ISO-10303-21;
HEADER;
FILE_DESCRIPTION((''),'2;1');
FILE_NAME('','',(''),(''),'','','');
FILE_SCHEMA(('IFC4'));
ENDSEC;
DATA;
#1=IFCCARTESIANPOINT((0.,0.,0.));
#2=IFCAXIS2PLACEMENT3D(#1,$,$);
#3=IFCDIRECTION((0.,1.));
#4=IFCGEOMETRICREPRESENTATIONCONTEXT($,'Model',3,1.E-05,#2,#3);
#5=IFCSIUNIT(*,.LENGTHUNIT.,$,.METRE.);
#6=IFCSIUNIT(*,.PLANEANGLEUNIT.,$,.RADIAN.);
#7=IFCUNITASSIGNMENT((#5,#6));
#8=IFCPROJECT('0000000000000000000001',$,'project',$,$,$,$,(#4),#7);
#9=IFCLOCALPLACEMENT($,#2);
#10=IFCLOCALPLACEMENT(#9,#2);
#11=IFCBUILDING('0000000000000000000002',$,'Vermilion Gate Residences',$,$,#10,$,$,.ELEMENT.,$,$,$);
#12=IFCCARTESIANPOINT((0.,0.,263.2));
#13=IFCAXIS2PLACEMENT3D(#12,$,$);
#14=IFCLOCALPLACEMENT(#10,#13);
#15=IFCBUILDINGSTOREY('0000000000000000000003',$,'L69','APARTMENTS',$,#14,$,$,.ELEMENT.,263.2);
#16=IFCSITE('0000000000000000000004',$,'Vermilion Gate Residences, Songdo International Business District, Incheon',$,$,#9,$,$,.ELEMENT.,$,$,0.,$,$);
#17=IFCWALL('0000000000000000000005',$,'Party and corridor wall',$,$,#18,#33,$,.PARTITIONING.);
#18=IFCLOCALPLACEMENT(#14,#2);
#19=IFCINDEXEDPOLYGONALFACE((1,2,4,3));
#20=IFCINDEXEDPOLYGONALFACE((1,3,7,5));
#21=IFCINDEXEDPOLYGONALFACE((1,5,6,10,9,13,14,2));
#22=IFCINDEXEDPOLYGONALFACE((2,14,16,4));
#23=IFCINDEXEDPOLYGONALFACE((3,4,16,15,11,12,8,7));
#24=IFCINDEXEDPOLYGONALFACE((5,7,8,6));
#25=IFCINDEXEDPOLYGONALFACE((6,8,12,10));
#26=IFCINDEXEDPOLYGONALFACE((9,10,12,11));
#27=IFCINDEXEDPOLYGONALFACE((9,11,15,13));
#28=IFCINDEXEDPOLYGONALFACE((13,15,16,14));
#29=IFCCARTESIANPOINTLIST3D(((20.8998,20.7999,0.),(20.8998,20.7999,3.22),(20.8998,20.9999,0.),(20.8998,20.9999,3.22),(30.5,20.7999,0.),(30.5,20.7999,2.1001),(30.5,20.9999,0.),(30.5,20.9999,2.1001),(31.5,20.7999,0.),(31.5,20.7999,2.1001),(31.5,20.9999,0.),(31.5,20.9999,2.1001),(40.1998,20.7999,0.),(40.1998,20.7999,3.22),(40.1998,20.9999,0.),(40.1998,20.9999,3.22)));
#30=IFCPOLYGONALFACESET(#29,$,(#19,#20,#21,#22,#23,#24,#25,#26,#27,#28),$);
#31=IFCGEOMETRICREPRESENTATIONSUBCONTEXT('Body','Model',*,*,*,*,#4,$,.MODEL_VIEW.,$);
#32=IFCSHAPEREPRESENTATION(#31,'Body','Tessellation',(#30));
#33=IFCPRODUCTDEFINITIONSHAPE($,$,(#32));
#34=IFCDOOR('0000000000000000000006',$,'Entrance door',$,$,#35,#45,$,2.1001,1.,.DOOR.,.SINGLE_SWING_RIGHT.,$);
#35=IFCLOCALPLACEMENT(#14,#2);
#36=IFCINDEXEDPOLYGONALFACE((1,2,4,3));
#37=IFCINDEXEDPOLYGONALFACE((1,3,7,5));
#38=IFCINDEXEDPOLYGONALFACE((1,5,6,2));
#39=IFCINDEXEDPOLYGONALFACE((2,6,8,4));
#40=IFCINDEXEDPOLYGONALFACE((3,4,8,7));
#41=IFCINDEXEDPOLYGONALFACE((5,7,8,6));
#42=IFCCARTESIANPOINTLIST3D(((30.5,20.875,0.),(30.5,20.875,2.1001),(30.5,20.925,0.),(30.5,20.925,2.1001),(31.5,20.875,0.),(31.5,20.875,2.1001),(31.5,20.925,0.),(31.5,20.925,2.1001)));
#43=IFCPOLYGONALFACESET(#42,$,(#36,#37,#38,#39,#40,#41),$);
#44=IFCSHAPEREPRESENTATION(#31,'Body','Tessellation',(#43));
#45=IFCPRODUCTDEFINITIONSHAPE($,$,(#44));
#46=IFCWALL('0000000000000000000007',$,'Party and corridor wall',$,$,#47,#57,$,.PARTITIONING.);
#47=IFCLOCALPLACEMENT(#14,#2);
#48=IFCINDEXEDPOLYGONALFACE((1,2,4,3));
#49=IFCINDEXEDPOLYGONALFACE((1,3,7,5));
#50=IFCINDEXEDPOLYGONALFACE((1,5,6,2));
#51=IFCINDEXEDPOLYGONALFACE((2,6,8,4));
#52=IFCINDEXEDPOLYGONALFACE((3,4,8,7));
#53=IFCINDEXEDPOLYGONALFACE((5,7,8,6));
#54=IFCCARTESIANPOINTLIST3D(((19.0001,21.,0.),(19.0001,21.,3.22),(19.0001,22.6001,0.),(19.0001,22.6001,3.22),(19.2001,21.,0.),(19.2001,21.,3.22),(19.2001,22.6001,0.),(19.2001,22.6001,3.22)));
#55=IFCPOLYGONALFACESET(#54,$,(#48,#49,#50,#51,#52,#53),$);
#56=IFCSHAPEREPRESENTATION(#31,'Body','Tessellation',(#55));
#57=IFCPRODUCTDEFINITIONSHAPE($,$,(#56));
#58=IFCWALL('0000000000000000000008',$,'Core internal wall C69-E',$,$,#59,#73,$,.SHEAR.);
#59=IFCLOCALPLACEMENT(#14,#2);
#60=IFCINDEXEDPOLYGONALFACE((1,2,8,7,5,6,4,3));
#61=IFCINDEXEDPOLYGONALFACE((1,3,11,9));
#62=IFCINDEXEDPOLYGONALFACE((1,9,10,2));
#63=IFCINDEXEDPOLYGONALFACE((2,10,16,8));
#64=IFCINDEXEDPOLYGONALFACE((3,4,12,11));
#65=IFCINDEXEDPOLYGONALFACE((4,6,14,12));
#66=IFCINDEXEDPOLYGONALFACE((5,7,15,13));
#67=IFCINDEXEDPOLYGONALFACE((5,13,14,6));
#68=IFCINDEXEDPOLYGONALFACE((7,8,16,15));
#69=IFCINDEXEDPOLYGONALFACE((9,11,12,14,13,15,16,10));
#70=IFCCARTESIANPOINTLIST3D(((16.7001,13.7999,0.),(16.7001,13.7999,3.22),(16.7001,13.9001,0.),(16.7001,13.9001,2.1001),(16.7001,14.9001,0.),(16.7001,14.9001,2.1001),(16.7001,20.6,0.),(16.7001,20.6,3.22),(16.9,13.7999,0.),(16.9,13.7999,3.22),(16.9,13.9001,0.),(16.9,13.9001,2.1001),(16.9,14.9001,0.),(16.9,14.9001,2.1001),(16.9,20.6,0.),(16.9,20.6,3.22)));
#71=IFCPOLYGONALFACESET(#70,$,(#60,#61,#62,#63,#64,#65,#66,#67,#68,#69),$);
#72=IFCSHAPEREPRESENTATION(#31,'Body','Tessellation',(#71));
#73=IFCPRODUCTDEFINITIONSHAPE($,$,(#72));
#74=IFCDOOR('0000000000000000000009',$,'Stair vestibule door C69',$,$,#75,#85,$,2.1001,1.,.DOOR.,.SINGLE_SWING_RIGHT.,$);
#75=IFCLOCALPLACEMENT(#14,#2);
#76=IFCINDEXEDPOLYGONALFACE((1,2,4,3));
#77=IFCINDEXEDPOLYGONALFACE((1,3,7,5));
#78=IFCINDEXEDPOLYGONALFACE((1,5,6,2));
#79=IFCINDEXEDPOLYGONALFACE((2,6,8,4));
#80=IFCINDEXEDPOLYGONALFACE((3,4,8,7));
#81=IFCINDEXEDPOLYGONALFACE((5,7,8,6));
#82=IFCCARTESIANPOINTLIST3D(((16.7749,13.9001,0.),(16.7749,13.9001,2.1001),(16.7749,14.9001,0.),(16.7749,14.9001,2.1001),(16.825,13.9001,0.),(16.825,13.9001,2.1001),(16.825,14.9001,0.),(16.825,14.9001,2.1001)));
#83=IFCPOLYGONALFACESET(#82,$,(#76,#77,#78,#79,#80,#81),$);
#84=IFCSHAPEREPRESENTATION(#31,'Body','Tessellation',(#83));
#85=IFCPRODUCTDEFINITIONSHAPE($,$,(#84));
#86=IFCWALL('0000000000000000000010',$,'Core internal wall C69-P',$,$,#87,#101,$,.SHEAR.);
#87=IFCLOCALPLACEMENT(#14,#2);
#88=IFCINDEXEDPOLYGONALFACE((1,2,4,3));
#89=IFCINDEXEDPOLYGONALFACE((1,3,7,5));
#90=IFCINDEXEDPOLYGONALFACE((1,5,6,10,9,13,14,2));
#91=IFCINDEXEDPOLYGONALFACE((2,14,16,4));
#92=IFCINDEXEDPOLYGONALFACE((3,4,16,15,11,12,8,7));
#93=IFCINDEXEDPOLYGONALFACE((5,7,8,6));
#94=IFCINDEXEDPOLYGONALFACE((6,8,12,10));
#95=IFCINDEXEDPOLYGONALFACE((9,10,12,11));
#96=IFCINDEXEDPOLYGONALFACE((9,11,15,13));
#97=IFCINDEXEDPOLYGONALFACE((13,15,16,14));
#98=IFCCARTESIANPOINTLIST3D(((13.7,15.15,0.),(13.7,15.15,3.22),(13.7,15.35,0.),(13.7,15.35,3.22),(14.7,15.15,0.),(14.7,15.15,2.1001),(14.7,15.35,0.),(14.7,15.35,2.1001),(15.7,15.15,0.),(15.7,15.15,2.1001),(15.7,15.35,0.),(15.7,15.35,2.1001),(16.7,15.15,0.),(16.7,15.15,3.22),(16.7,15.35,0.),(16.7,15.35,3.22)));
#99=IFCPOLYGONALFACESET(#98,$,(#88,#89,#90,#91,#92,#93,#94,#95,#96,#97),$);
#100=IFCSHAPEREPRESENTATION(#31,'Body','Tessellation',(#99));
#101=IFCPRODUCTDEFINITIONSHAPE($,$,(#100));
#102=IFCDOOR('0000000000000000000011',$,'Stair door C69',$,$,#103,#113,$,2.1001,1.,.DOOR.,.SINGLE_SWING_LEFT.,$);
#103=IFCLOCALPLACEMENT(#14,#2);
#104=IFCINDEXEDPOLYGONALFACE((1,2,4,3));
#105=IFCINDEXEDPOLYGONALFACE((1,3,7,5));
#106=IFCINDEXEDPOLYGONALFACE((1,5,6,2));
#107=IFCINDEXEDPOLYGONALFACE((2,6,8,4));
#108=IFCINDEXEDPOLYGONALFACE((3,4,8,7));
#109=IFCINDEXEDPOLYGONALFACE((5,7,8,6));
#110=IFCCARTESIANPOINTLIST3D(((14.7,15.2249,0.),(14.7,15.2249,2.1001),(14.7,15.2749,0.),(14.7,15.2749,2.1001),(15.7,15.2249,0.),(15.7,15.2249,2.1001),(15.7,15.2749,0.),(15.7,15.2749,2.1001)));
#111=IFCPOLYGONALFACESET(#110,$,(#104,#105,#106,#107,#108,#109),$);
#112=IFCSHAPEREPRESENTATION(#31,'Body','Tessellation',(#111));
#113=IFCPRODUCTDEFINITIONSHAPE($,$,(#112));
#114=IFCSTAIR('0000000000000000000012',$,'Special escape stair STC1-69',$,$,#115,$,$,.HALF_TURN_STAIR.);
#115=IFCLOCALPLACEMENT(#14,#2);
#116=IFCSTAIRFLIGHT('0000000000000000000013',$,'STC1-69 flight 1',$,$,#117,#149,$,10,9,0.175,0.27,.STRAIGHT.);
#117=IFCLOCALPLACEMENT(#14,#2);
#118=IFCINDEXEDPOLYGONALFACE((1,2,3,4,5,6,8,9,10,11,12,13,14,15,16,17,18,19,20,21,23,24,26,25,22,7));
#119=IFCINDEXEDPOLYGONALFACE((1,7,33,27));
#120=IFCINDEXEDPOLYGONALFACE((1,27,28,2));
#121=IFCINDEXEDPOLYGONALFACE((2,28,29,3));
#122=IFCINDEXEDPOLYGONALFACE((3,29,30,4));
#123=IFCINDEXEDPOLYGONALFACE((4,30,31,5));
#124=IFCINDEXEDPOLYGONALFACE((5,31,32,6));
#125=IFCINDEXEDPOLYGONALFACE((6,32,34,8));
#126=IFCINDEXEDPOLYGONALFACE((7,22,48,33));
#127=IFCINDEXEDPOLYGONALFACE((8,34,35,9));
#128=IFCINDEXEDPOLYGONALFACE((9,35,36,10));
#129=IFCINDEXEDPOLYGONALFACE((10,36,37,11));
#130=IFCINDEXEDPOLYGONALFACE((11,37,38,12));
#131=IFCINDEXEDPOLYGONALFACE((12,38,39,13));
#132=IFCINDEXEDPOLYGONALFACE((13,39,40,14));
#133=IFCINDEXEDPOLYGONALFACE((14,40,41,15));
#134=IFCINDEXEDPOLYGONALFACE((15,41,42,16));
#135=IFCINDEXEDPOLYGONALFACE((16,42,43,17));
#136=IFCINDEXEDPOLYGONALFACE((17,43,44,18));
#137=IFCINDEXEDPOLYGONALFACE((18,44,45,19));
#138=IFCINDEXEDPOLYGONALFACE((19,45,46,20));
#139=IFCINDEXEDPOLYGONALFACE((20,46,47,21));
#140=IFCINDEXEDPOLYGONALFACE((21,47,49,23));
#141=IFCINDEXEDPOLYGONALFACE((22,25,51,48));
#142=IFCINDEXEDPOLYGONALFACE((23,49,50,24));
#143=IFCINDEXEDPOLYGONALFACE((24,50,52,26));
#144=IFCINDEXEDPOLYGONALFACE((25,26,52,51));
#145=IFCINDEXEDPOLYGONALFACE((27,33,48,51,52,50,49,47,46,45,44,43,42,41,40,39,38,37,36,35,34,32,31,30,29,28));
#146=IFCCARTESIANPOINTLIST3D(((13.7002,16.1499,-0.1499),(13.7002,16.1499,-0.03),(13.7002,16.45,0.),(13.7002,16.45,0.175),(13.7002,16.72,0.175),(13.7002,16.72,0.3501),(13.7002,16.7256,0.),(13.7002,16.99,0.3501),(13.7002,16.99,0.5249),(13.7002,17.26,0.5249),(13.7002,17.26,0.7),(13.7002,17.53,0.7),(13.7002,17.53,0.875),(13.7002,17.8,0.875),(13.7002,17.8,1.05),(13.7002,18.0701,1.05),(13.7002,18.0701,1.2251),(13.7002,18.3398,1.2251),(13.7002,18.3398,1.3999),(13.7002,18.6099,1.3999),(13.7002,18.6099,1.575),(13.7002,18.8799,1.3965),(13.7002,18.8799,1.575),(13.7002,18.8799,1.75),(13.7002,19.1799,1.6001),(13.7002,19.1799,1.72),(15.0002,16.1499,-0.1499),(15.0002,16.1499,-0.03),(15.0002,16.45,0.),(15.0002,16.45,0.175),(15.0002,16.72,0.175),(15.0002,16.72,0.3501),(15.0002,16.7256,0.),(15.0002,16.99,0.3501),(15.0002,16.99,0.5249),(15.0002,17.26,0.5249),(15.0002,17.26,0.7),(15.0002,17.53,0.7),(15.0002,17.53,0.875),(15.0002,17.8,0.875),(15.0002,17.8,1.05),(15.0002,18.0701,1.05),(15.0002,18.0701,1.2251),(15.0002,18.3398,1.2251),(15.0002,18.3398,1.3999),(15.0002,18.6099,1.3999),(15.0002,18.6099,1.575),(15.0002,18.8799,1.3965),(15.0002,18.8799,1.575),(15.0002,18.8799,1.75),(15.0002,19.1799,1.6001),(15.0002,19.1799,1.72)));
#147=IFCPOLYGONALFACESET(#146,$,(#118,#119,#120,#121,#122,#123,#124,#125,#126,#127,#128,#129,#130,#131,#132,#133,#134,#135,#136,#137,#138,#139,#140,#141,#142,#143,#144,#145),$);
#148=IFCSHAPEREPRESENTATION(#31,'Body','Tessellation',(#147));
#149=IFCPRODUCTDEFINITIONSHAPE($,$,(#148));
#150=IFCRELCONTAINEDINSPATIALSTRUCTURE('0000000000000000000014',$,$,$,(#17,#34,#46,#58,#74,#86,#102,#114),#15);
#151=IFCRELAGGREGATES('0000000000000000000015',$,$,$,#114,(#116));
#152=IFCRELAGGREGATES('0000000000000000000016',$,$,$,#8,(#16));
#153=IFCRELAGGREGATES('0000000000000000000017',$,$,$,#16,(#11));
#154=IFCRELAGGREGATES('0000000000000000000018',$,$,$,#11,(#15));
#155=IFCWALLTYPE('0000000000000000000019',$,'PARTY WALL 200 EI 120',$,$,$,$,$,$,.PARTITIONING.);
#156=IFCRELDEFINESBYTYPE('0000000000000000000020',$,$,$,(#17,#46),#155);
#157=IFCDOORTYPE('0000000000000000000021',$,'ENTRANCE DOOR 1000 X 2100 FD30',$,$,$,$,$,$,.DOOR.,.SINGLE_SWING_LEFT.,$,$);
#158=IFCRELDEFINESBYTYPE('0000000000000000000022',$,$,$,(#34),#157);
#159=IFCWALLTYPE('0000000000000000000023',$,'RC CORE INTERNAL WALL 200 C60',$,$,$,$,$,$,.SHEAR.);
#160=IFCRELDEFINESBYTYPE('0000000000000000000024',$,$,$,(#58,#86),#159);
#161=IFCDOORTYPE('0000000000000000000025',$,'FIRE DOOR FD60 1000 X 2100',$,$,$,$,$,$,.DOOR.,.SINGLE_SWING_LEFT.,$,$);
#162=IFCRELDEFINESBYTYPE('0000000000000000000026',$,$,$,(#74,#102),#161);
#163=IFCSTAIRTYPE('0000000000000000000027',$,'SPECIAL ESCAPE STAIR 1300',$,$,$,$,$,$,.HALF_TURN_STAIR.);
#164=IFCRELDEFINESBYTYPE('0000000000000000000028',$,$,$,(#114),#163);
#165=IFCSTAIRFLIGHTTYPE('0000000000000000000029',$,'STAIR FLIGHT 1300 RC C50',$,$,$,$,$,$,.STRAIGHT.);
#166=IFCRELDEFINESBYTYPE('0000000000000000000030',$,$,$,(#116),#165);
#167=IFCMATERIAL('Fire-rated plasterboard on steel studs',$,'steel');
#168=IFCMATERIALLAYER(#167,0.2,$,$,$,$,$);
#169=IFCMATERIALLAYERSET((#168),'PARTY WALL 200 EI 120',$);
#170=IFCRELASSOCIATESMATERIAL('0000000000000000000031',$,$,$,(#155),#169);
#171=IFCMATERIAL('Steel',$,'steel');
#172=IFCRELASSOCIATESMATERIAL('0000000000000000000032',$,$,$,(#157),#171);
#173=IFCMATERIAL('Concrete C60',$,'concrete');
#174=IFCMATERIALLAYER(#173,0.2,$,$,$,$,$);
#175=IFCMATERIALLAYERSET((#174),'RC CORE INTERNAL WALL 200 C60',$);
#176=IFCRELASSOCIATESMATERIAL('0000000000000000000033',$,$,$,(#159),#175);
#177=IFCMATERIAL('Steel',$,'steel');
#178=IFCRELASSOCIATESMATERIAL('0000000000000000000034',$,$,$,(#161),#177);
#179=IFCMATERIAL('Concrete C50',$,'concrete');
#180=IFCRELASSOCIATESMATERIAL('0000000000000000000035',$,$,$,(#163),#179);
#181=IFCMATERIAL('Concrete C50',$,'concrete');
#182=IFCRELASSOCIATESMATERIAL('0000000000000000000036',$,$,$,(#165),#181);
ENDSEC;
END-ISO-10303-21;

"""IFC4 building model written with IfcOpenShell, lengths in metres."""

from ifc_helpers import new_model, si_unit, direction, frame, frame_2d, origin, place, context, subcontext, project, spatial, polyline, rectangle, outline, extrude, material, layer, layer_set, type_object, element, fill, aggregate, save


model = new_model("IFC4")

# Units and contexts
model_context = context("Model", 3, precision=1e-05, world=origin(), true_north=direction((0.0, 1.0)))
body_context = subcontext(model_context, "Body", "Model", "MODEL_VIEW")
ifc_project = project(units=[si_unit("LENGTHUNIT", "METRE"), si_unit("PLANEANGLEUNIT", "RADIAN")], contexts=[model_context])

# Site, building, storey
site_placement = place(None, origin())
site = spatial("IfcSite", under=ifc_project, at=site_placement, Name="Vermilion Gate Residences, Songdo International Business District, Incheon", CompositionType="ELEMENT", RefElevation=0.0)
building_placement = place(site_placement, origin())
building = spatial("IfcBuilding", under=site, at=building_placement, Name="Vermilion Gate Residences", CompositionType="ELEMENT")
storey_placement = place(building_placement, frame((0.0, 0.0, 263.2)))
storey = spatial("IfcBuildingStorey", under=building, at=storey_placement, Name="L69", Description="APARTMENTS", CompositionType="ELEMENT", Elevation=263.2)

# Wall, opening, door
ifc_material_1 = material(Name="Fire-rated plasterboard on steel studs", Category="steel")
ifc_layer_1 = layer(ifc_material_1, 0.2)
ifc_layer_set_1 = layer_set([ifc_layer_1], Name="PARTY WALL 200 EI 120")
wall_type_1 = type_object("IfcWallType", Name="PARTY WALL 200 EI 120", PredefinedType="PARTITIONING", material=ifc_layer_set_1)
ifc_material_2 = material(Name="Steel", Category="steel")
door_type_1 = type_object("IfcDoorType", Name="ENTRANCE DOOR 1000 X 2100 FD30", OperationType="SINGLE_SWING_LEFT", PredefinedType="DOOR", material=ifc_material_2)
wall_1_placement = place(storey_placement, frame((20.8999, 20.8999, 0.0), z_axis=(0.0, 0.0, 1.0), x_axis=(1.0, 0.0, 0.0)))
wall_1 = element("IfcWall", 1, at=wall_1_placement, inside=storey, type_object=wall_type_1, Name="Party and corridor wall", PredefinedType="PARTITIONING", context=body_context, shape_type="SweptSolid", body=[
    extrude(rectangle(XDim=19.3, YDim=0.2, at=frame_2d((9.6499, 0.0))), origin(), (0.0, 0.0, 1.0), 3.22),
])
opening_1_placement = place(wall_1_placement, frame((9.6001, 0.0, 0.0)))
opening_1 = element("IfcOpeningElement", 2, at=opening_1_placement, cuts=wall_1, PredefinedType="OPENING", context=body_context, shape_type="SweptSolid", body=[
    extrude(rectangle(XDim=1.0, YDim=2.1001, at=frame_2d((0.5, 1.05))), frame((0.0, 0.1099, 0.0), z_axis=(0.0, -1.0, 0.0), x_axis=(1.0, 0.0, 0.0)), (0.0, 0.0, 1.0), 0.22),
])
door_1_placement = place(opening_1_placement, frame((1.0, 0.0, 0.0), z_axis=(0.0, 0.0, 1.0), x_axis=(-1.0, 0.0, 0.0)))
door_1 = element("IfcDoor", 3, at=door_1_placement, inside=storey, type_object=door_type_1, Name="Entrance door", OperationType="SINGLE_SWING_RIGHT", OverallHeight=2.1001, OverallWidth=1.0, PredefinedType="DOOR", context=body_context, shape_type="SweptSolid", body=[
    extrude(rectangle(XDim=1.0, YDim=2.1001, at=frame_2d((0.5, 1.05))), frame((0.0, 0.0249, 0.0), z_axis=(0.0, -1.0, 0.0), x_axis=(1.0, 0.0, 0.0)), (0.0, 0.0, 1.0), 0.05),
])
fill(opening_1, door_1)

# Wall
wall_2_placement = place(storey_placement, frame((19.1001, 21.0, 0.0), z_axis=(0.0, 0.0, 1.0), x_axis=(0.0, 1.0, 0.0)))
element("IfcWall", 4, at=wall_2_placement, inside=storey, type_object=wall_type_1, Name="Party and corridor wall", PredefinedType="PARTITIONING", context=body_context, shape_type="SweptSolid", body=[
    extrude(rectangle(XDim=1.6001, YDim=0.2, at=frame_2d((0.8, 0.0))), origin(), (0.0, 0.0, 1.0), 3.22),
])

# Walls, openings, doors
ifc_material_3 = material(Name="Concrete C60", Category="concrete")
ifc_layer_2 = layer(ifc_material_3, 0.2)
ifc_layer_set_2 = layer_set([ifc_layer_2], Name="RC CORE INTERNAL WALL 200 C60")
wall_type_2 = type_object("IfcWallType", Name="RC CORE INTERNAL WALL 200 C60", PredefinedType="SHEAR", material=ifc_layer_set_2)
wall_3_placement = place(storey_placement, frame((16.8, 13.8, 0.0), z_axis=(0.0, 0.0, 1.0), x_axis=(0.0, 1.0, 0.0)))
wall_3 = element("IfcWall", 5, at=wall_3_placement, inside=storey, type_object=wall_type_2, Name="Core internal wall C69-E", PredefinedType="SHEAR", context=body_context, shape_type="SweptSolid", body=[
    extrude(rectangle(XDim=6.8, YDim=0.2, at=frame_2d((3.3999, 0.0))), origin(), (0.0, 0.0, 1.0), 3.22),
])
opening_2_placement = place(wall_3_placement, frame((0.1001, 0.0, 0.0)))
opening_2 = element("IfcOpeningElement", 6, at=opening_2_placement, cuts=wall_3, PredefinedType="OPENING", context=body_context, shape_type="SweptSolid", body=[
    extrude(rectangle(XDim=1.0, YDim=2.1001, at=frame_2d((0.5, 1.05))), frame((0.0, 0.1099, 0.0), z_axis=(0.0, -1.0, 0.0), x_axis=(1.0, 0.0, 0.0)), (0.0, 0.0, 1.0), 0.22),
])
ifc_material_4 = material(Name="Steel", Category="steel")
door_type_2 = type_object("IfcDoorType", Name="FIRE DOOR FD60 1000 X 2100", OperationType="SINGLE_SWING_LEFT", PredefinedType="DOOR", material=ifc_material_4)
door_2_placement = place(opening_2_placement, frame((1.0, 0.0, 0.0), z_axis=(0.0, 0.0, 1.0), x_axis=(-1.0, 0.0, 0.0)))
door_2 = element("IfcDoor", 7, at=door_2_placement, inside=storey, type_object=door_type_2, Name="Stair vestibule door C69", OperationType="SINGLE_SWING_RIGHT", OverallHeight=2.1001, OverallWidth=1.0, PredefinedType="DOOR", context=body_context, shape_type="SweptSolid", body=[
    extrude(rectangle(XDim=1.0, YDim=2.1001, at=frame_2d((0.5, 1.05))), frame((0.0, 0.0249, 0.0), z_axis=(0.0, -1.0, 0.0), x_axis=(1.0, 0.0, 0.0)), (0.0, 0.0, 1.0), 0.05),
])
fill(opening_2, door_2)
wall_4_placement = place(storey_placement, frame((13.7, 15.25, 0.0), z_axis=(0.0, 0.0, 1.0), x_axis=(1.0, 0.0, 0.0)))
wall_4 = element("IfcWall", 8, at=wall_4_placement, inside=storey, type_object=wall_type_2, Name="Core internal wall C69-P", PredefinedType="SHEAR", context=body_context, shape_type="SweptSolid", body=[
    extrude(rectangle(XDim=3.0, YDim=0.2, at=frame_2d((1.5, 0.0))), origin(), (0.0, 0.0, 1.0), 3.22),
])
opening_3_placement = place(wall_4_placement, frame((1.0, 0.0, 0.0)))
opening_3 = element("IfcOpeningElement", 9, at=opening_3_placement, cuts=wall_4, PredefinedType="OPENING", context=body_context, shape_type="SweptSolid", body=[
    extrude(rectangle(XDim=1.0, YDim=2.1001, at=frame_2d((0.5, 1.05))), frame((0.0, 0.1099, 0.0), z_axis=(0.0, -1.0, 0.0), x_axis=(1.0, 0.0, 0.0)), (0.0, 0.0, 1.0), 0.22),
])
door_3_placement = place(opening_3_placement, origin())
door_3 = element("IfcDoor", 10, at=door_3_placement, inside=storey, type_object=door_type_2, Name="Stair door C69", OperationType="SINGLE_SWING_LEFT", OverallHeight=2.1001, OverallWidth=1.0, PredefinedType="DOOR", context=body_context, shape_type="SweptSolid", body=[
    extrude(rectangle(XDim=1.0, YDim=2.1001, at=frame_2d((0.5, 1.05))), frame((0.0, 0.0249, 0.0), z_axis=(0.0, -1.0, 0.0), x_axis=(1.0, 0.0, 0.0)), (0.0, 0.0, 1.0), 0.05),
])
fill(opening_3, door_3)

# Stair, stair flight
ifc_material_5 = material(Name="Concrete C50", Category="concrete")
stair_type = type_object("IfcStairType", Name="SPECIAL ESCAPE STAIR 1300", PredefinedType="HALF_TURN_STAIR", material=ifc_material_5)
stair_placement = place(storey_placement, origin())
stair = element("IfcStair", 11, at=stair_placement, inside=storey, type_object=stair_type, Name="Special escape stair STC1-69", PredefinedType="HALF_TURN_STAIR")
ifc_material_6 = material(Name="Concrete C50", Category="concrete")
stair_flight_type = type_object("IfcStairFlightType", Name="STAIR FLIGHT 1300 RC C50", PredefinedType="STRAIGHT", material=ifc_material_6)
stair_flight_1_placement = place(storey_placement, frame((14.3501, 16.45, 0.0), z_axis=(0.0, 0.0, 1.0), x_axis=(0.0, 1.0, 0.0)))
stair_flight_1 = element("IfcStairFlight", 12, at=stair_flight_1_placement, type_object=stair_flight_type, Name="STC1-69 flight 1", NumberOfRisers=10, NumberOfTreads=9, PredefinedType="STRAIGHT", RiserHeight=0.175, TreadLength=0.27, context=body_context, shape_type="SweptSolid", body=[
    extrude(outline(polyline([(-0.3, -0.1499), (-0.3, -0.03), (0.0, 0.0), (0.0, 0.175), (0.27, 0.175), (0.27, 0.3501), (0.54, 0.3501), (0.54, 0.5249), (0.8101, 0.5249), (0.8101, 0.7), (1.0801, 0.7), (1.0801, 0.875), (1.3501, 0.875), (1.3501, 1.05), (1.6201, 1.05), (1.6201, 1.2251), (1.8899, 1.2251), (1.8899, 1.3999), (2.1599, 1.3999), (2.1599, 1.575), (2.4299, 1.575), (2.4299, 1.75), (2.73, 1.72), (2.73, 1.6001), (2.4299, 1.3965), (0.2756, 0.0), (-0.3, -0.1499)])), frame((0.0, 0.6499, 0.0), z_axis=(0.0, -1.0, 0.0), x_axis=(1.0, 0.0, 0.0)), (0.0, 0.0, 1.0), 1.3),
])
aggregate(stair, [stair_flight_1])

save(model, "model.ifc")
